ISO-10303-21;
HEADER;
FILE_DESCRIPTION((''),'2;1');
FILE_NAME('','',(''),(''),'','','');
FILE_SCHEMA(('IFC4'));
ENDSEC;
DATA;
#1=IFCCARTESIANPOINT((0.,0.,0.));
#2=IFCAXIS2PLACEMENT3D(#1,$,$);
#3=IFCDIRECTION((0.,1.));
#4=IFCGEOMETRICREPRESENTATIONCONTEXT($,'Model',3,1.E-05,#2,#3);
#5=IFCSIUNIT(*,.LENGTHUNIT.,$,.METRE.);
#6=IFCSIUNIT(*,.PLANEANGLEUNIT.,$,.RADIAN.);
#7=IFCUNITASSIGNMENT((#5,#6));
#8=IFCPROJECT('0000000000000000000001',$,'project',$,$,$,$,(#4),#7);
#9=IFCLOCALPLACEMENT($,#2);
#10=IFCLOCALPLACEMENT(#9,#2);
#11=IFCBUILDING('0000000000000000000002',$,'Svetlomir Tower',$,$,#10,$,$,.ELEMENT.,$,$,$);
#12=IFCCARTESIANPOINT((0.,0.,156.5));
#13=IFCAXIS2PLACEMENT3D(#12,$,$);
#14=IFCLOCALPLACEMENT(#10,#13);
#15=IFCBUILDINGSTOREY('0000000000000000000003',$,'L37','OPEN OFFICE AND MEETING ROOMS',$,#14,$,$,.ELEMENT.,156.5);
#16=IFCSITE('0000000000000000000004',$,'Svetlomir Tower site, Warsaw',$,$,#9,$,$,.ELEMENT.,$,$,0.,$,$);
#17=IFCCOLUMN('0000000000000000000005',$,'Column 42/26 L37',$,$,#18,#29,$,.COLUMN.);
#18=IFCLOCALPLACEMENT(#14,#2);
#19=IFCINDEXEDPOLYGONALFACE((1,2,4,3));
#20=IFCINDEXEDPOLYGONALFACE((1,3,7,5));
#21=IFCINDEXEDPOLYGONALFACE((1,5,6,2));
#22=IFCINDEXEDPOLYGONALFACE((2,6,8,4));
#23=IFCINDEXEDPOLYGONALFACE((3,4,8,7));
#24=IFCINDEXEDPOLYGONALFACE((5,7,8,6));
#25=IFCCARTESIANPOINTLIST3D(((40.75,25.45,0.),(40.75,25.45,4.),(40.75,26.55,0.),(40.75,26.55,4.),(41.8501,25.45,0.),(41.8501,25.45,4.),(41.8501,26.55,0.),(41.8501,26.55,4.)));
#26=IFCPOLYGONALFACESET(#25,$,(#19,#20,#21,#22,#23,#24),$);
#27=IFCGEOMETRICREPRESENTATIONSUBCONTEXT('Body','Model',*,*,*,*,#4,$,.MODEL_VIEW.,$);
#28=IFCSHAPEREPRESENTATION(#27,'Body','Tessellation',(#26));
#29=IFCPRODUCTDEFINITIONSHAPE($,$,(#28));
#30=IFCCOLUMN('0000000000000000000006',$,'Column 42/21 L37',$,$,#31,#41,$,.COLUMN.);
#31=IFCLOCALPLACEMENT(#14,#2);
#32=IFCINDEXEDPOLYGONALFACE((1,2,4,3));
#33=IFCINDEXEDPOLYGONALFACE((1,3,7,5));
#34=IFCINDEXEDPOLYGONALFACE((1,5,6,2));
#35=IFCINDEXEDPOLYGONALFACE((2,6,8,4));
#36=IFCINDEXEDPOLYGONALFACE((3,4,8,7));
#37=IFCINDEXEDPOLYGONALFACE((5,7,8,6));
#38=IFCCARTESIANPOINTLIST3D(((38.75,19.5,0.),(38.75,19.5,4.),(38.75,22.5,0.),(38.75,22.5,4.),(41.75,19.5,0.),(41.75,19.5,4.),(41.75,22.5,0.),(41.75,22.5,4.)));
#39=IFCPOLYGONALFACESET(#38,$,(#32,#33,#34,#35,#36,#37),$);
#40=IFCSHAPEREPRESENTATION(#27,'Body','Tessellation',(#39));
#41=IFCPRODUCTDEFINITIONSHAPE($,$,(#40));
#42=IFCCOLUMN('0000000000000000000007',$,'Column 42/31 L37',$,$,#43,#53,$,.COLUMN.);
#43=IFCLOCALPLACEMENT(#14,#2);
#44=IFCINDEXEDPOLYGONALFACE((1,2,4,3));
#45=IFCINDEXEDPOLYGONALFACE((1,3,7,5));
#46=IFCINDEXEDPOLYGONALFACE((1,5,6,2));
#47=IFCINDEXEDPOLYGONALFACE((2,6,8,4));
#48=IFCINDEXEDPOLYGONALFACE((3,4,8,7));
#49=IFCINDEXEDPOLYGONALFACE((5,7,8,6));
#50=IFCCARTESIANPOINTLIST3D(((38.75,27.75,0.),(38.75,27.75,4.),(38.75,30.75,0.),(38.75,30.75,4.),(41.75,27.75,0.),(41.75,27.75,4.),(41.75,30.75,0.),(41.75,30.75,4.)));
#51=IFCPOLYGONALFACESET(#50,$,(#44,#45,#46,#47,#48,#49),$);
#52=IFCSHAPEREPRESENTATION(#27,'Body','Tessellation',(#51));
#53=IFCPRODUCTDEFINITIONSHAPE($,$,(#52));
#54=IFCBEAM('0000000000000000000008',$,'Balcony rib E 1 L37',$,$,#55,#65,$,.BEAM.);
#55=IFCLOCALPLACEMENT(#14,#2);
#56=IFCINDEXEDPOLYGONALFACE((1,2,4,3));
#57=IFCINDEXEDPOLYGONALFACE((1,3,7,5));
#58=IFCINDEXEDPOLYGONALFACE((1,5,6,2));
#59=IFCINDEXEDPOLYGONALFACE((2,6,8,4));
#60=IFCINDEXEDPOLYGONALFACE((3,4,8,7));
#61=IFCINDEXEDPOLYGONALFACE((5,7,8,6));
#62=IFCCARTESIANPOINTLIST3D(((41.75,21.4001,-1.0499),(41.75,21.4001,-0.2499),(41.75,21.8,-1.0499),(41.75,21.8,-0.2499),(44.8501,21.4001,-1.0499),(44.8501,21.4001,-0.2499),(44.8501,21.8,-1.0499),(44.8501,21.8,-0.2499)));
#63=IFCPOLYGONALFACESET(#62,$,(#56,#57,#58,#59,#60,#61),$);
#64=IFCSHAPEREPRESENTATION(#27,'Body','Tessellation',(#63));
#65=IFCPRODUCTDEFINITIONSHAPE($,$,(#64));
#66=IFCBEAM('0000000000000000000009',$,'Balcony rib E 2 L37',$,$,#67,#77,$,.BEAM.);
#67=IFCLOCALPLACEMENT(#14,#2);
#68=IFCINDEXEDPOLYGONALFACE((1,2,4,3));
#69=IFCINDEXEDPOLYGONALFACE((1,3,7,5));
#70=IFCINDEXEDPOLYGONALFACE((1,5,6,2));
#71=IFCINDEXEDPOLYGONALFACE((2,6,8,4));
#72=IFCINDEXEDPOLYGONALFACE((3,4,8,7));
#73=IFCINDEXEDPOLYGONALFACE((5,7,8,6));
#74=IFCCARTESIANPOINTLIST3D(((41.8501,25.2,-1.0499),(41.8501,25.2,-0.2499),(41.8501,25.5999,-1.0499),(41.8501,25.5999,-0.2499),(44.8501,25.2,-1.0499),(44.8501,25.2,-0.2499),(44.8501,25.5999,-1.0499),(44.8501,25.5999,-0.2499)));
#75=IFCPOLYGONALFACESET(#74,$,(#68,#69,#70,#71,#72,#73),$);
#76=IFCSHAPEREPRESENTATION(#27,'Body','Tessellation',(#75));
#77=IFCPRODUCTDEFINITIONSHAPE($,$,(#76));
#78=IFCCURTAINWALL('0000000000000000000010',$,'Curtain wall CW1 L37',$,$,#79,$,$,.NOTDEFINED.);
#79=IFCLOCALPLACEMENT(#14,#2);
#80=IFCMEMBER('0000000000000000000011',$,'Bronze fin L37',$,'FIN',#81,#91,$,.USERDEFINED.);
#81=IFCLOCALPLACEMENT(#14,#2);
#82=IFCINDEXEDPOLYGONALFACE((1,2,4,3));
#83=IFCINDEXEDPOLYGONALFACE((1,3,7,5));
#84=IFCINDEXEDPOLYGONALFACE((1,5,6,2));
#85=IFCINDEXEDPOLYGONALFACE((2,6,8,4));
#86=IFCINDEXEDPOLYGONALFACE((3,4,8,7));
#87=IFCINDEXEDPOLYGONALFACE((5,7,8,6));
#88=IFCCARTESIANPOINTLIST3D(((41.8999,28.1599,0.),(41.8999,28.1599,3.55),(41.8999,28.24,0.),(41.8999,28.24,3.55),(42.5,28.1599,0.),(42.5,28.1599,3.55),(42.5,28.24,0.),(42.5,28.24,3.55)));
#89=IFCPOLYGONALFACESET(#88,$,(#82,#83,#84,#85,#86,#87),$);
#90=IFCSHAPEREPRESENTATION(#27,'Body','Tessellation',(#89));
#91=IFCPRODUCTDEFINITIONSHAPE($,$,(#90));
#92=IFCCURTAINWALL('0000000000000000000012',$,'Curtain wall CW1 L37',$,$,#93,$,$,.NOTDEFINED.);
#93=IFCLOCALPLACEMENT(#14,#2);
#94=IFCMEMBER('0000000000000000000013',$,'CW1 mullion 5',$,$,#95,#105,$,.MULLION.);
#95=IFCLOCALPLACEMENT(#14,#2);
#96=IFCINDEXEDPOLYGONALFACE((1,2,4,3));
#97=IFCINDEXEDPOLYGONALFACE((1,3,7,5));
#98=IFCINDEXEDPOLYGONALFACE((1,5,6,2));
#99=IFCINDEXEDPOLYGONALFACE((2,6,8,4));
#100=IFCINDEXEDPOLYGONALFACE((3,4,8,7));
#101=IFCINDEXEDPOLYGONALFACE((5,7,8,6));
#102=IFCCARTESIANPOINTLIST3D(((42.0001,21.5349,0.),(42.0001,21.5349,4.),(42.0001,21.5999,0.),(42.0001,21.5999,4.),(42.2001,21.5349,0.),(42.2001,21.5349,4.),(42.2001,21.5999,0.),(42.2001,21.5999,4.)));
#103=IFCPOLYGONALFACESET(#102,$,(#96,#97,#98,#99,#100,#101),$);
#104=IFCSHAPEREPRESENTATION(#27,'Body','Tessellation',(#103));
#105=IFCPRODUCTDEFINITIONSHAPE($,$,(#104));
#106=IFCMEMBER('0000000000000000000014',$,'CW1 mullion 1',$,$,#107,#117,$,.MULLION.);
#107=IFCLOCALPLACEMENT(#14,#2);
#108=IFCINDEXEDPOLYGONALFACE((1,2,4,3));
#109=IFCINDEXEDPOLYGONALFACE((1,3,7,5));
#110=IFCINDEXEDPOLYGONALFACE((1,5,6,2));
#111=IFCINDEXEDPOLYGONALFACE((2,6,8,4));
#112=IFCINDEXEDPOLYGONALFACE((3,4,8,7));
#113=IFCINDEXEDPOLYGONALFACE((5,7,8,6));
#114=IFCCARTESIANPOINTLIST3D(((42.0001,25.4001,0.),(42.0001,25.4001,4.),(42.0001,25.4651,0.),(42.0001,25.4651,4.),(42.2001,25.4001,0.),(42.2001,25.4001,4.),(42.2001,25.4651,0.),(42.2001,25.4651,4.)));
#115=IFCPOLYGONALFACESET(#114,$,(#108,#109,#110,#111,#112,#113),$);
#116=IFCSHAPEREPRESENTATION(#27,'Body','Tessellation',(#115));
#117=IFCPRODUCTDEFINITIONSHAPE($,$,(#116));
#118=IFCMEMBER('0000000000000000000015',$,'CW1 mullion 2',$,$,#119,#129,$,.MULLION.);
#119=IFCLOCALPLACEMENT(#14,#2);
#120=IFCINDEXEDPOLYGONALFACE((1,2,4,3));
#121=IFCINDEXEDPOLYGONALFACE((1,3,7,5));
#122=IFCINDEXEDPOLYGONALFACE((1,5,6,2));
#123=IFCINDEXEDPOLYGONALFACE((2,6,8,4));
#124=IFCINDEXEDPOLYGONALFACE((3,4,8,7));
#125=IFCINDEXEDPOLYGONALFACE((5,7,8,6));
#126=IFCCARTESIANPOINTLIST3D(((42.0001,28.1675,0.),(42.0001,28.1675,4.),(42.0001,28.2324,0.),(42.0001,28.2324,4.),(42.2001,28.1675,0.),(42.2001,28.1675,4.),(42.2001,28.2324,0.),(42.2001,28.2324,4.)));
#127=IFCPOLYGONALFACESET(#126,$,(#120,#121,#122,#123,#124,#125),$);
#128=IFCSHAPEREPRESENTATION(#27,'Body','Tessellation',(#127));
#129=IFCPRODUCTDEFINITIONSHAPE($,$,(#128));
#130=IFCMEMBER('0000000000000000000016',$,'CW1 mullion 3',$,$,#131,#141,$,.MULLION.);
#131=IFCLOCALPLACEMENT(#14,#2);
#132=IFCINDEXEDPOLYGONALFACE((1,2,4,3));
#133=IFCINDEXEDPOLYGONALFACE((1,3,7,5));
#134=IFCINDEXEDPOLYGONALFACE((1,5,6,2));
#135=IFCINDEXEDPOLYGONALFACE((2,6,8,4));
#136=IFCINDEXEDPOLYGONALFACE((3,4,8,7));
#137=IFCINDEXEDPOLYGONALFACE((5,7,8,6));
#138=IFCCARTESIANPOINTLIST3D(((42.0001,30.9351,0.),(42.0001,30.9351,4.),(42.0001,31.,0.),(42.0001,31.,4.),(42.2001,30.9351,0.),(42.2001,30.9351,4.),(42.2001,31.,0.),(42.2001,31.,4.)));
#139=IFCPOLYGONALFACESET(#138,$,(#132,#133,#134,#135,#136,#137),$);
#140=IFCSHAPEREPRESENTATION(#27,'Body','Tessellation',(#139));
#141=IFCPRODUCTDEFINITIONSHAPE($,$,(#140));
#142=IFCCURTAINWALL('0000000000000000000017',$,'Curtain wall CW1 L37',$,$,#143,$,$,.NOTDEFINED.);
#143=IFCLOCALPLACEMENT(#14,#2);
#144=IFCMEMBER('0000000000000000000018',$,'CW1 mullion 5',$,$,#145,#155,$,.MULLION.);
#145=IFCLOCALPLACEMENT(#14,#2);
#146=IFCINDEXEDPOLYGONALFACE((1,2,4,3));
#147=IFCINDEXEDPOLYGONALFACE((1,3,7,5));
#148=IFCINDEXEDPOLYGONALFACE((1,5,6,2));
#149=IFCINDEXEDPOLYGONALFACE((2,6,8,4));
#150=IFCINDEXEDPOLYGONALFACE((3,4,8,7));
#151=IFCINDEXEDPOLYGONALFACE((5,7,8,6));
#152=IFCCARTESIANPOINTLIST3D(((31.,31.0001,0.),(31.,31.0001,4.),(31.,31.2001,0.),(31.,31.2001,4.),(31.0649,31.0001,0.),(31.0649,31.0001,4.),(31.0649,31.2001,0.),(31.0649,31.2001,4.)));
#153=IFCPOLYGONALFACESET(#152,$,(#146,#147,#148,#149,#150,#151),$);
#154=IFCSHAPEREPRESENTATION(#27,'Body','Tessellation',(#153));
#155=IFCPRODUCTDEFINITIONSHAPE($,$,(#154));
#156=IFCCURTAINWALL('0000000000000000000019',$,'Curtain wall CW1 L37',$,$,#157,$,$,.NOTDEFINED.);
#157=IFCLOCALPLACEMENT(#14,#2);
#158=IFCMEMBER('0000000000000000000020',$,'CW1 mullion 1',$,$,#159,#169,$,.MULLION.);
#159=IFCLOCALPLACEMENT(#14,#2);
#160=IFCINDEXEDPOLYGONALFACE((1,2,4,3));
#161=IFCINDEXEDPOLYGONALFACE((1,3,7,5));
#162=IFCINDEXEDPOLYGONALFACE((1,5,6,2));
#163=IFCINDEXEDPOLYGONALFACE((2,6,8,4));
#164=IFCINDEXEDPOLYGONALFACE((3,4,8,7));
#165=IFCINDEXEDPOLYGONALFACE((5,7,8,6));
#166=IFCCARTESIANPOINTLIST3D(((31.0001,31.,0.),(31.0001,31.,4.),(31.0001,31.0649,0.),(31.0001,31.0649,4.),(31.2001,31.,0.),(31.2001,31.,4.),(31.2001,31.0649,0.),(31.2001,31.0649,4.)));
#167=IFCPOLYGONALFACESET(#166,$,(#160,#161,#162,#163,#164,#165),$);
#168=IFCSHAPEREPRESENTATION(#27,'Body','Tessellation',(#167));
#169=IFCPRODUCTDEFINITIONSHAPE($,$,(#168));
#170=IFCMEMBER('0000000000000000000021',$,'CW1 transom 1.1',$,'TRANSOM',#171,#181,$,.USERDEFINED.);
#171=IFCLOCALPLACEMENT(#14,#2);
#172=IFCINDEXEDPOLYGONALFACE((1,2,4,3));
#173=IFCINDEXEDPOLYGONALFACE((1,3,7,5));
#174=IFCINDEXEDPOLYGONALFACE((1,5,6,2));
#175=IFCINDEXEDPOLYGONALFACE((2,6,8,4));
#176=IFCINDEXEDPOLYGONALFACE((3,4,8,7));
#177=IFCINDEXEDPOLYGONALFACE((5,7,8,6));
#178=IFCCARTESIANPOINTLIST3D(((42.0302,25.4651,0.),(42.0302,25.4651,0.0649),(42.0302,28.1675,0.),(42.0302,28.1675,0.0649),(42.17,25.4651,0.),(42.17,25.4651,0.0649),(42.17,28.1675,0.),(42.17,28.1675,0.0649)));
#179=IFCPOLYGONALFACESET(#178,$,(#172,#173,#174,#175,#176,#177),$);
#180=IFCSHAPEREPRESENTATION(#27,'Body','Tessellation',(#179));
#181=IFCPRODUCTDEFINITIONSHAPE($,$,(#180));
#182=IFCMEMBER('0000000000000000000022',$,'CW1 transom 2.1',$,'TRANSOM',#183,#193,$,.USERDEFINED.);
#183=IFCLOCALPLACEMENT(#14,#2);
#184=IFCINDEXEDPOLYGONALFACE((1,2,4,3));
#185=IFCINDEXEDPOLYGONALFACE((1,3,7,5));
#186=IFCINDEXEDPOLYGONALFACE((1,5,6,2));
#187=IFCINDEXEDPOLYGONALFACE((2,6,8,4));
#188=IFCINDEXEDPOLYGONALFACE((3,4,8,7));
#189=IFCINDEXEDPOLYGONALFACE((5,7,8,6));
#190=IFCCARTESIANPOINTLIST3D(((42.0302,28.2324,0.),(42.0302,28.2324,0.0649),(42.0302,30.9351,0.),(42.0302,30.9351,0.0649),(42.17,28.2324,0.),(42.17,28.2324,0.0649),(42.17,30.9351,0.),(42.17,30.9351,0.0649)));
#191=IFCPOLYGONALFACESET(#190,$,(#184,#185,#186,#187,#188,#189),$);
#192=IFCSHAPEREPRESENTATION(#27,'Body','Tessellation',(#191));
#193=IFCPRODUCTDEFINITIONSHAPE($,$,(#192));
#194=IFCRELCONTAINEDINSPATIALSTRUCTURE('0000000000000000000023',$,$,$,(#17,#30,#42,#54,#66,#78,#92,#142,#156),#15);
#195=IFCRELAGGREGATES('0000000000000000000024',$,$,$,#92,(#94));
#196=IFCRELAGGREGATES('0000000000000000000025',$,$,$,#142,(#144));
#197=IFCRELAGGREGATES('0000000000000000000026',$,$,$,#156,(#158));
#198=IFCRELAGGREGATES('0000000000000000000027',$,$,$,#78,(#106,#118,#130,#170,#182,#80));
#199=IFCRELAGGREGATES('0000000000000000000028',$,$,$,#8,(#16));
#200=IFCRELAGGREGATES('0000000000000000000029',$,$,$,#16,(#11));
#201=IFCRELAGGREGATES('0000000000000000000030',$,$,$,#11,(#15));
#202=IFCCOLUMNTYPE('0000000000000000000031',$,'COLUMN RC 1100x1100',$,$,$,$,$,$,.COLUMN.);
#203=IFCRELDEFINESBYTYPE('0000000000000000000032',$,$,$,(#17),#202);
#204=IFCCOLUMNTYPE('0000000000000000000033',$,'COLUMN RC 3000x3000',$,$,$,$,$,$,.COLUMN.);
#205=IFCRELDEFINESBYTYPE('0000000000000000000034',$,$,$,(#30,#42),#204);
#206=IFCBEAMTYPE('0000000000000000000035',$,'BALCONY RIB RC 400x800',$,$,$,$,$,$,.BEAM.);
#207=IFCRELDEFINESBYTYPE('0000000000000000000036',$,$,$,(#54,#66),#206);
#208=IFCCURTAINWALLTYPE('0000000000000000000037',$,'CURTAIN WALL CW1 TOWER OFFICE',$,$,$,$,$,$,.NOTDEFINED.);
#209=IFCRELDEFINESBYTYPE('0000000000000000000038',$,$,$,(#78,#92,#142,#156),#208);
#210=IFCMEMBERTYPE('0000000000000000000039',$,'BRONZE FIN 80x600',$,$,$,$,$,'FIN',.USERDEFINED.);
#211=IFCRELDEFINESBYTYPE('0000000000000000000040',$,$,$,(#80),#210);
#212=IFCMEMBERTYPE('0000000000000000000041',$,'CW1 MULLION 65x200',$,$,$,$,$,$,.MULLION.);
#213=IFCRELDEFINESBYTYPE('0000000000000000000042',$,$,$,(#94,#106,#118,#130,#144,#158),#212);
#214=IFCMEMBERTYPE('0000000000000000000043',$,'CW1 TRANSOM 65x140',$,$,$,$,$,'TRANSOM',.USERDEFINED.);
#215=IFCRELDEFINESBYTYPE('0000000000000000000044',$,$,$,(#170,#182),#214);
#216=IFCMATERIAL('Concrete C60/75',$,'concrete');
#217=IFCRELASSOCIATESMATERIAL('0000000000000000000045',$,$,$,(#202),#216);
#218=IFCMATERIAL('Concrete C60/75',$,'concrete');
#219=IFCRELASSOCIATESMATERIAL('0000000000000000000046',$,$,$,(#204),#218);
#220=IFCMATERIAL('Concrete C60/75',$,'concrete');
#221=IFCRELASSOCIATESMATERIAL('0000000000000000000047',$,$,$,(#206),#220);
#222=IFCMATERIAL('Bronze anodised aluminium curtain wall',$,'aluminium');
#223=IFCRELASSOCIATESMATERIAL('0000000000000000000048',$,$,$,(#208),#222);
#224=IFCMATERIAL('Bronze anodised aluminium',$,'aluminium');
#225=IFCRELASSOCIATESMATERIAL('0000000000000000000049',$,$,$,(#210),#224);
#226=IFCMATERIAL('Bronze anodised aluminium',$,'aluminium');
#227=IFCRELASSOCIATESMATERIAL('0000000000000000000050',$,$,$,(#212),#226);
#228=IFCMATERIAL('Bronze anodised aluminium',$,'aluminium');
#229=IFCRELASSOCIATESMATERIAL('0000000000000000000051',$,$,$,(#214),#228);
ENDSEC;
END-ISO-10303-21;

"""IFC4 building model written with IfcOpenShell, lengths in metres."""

from ifc_helpers import new_model, si_unit, direction, frame, origin, origin_2d, place, context, subcontext, project, spatial, rectangle, extrude, material, material_profile, profile_set, type_object, element, aggregate, save


model = new_model("IFC4")

# Units and contexts
model_context = context("Model", 3, precision=1e-05, world=origin(), true_north=direction((0.0, 1.0)))
body_context = subcontext(model_context, "Body", "Model", "MODEL_VIEW")
ifc_project = project(units=[si_unit("LENGTHUNIT", "METRE"), si_unit("PLANEANGLEUNIT", "RADIAN")], contexts=[model_context])

# Site, building, storey
site_placement = place(None, origin())
site = spatial("IfcSite", under=ifc_project, at=site_placement, Name="Svetlomir Tower site, Warsaw", CompositionType="ELEMENT", RefElevation=0.0)
building_placement = place(site_placement, origin())
building = spatial("IfcBuilding", under=site, at=building_placement, Name="Svetlomir Tower", CompositionType="ELEMENT")
storey_placement = place(building_placement, frame((0.0, 0.0, 156.5)))
storey = spatial("IfcBuildingStorey", under=building, at=storey_placement, Name="L37", Description="OPEN OFFICE AND MEETING ROOMS", CompositionType="ELEMENT", Elevation=156.5)

# Columns
ifc_material_1 = material(Name="Concrete C60/75", Category="concrete")
ifc_material_profile_1 = material_profile(ifc_material_1, rectangle(XDim=1.1001, YDim=1.1001, at=origin_2d()), Name="RC 1100x1100")
ifc_profile_set_1 = profile_set([ifc_material_profile_1], Name="Concrete C60/75")
column_type_1 = type_object("IfcColumnType", Name="COLUMN RC 1100x1100", PredefinedType="COLUMN", material=ifc_profile_set_1)
column_placement = place(storey_placement, frame((41.3, 26.0, 0.0), z_axis=(0.0, 0.0, 1.0), x_axis=(1.0, 0.0, 0.0)))
element("IfcColumn", 1, at=column_placement, inside=storey, type_object=column_type_1, Name="Column 42/26 L37", PredefinedType="COLUMN", context=body_context, shape_type="SweptSolid", body=[
    extrude(rectangle(XDim=1.1001, YDim=1.1001, at=origin_2d()), origin(), (0.0, 0.0, 1.0), 4.0),
])
ifc_material_2 = material(Name="Concrete C60/75", Category="concrete")
ifc_material_profile_2 = material_profile(ifc_material_2, rectangle(XDim=3.0, YDim=3.0, at=origin_2d()), Name="RC 3000x3000")
ifc_profile_set_2 = profile_set([ifc_material_profile_2], Name="Concrete C60/75")
column_type_2 = type_object("IfcColumnType", Name="COLUMN RC 3000x3000", PredefinedType="COLUMN", material=ifc_profile_set_2)
for number, where, z_axis, x_axis, name in (
    (2, (40.25, 21.0, 0.0), (0.0, 0.0, 1.0), (1.0, 0.0, 0.0), "Column 42/21 L37"),
    (3, (40.25, 29.25, 0.0), (0.0, 0.0, 1.0), (1.0, 0.0, 0.0), "Column 42/31 L37"),
):
    element("IfcColumn", number, at=place(storey_placement, frame(where, z_axis=z_axis, x_axis=x_axis)), inside=storey, type_object=column_type_2, Name=name, PredefinedType="COLUMN", context=body_context, shape_type="SweptSolid", body=[
        extrude(rectangle(XDim=3.0, YDim=3.0, at=origin_2d()), origin(), (0.0, 0.0, 1.0), 4.0),
    ])

# Beams
ifc_material_3 = material(Name="Concrete C60/75", Category="concrete")
ifc_material_profile_3 = material_profile(ifc_material_3, rectangle(XDim=0.3999, YDim=0.8, at=origin_2d()), Name="RC 400x800")
ifc_profile_set_3 = profile_set([ifc_material_profile_3], Name="Concrete C60/75")
beam_type_1 = type_object("IfcBeamType", Name="BALCONY RIB RC 400x800", PredefinedType="BEAM", material=ifc_profile_set_3)
beam_1_placement = place(storey_placement, frame((41.75, 21.6001, -0.6499), z_axis=(1.0, 0.0, 0.0), x_axis=(0.0, 1.0, 0.0)))
element("IfcBeam", 4, at=beam_1_placement, inside=storey, type_object=beam_type_1, Name="Balcony rib E 1 L37", PredefinedType="BEAM", context=body_context, shape_type="SweptSolid", body=[
    extrude(rectangle(XDim=0.3999, YDim=0.8, at=origin_2d()), origin(), (0.0, 0.0, 1.0), 3.1001),
])
beam_2_placement = place(storey_placement, frame((41.8501, 25.3999, -0.6499), z_axis=(1.0, 0.0, 0.0), x_axis=(0.0, 1.0, 0.0)))
element("IfcBeam", 5, at=beam_2_placement, inside=storey, type_object=beam_type_1, Name="Balcony rib E 2 L37", PredefinedType="BEAM", context=body_context, shape_type="SweptSolid", body=[
    extrude(rectangle(XDim=0.3999, YDim=0.8, at=origin_2d()), origin(), (0.0, 0.0, 1.0), 3.0),
])

# Curtain walls, members
ifc_material_4 = material(Name="Bronze anodised aluminium curtain wall", Category="aluminium")
curtain_wall_type = type_object("IfcCurtainWallType", Name="CURTAIN WALL CW1 TOWER OFFICE", PredefinedType="NOTDEFINED", material=ifc_material_4)
curtain_wall_1_placement = place(storey_placement, origin())
curtain_wall_1 = element("IfcCurtainWall", 6, at=curtain_wall_1_placement, inside=storey, type_object=curtain_wall_type, Name="Curtain wall CW1 L37", PredefinedType="NOTDEFINED")
ifc_material_5 = material(Name="Bronze anodised aluminium", Category="aluminium")
ifc_material_profile_4 = material_profile(ifc_material_5, rectangle(XDim=0.0801, YDim=0.6001, at=origin_2d()), Name="FIN 80x600")
ifc_profile_set_4 = profile_set([ifc_material_profile_4], Name="Bronze anodised aluminium 6063-T6")
member_type_1 = type_object("IfcMemberType", Name="BRONZE FIN 80x600", ElementType="FIN", PredefinedType="USERDEFINED", material=ifc_profile_set_4)
member_1_placement = place(storey_placement, frame((42.2, 28.2, 0.0), z_axis=(0.0, 0.0, 1.0), x_axis=(0.0, 1.0, 0.0)))
member_1 = element("IfcMember", 7, at=member_1_placement, type_object=member_type_1, Name="Bronze fin L37", ObjectType="FIN", PredefinedType="USERDEFINED", context=body_context, shape_type="SweptSolid", body=[
    extrude(rectangle(XDim=0.0801, YDim=0.6001, at=origin_2d()), origin(), (0.0, 0.0, 1.0), 3.55),
])
curtain_wall_2_placement = place(storey_placement, origin())
curtain_wall_2 = element("IfcCurtainWall", 8, at=curtain_wall_2_placement, inside=storey, type_object=curtain_wall_type, Name="Curtain wall CW1 L37", PredefinedType="NOTDEFINED")
ifc_material_6 = material(Name="Bronze anodised aluminium", Category="aluminium")
ifc_material_profile_5 = material_profile(ifc_material_6, rectangle(XDim=0.0649, YDim=0.2, at=origin_2d()), Name="AL 65x200")
ifc_profile_set_5 = profile_set([ifc_material_profile_5], Name="Bronze anodised aluminium 6063-T6")
member_type_2 = type_object("IfcMemberType", Name="CW1 MULLION 65x200", PredefinedType="MULLION", material=ifc_profile_set_5)
member_2_placement = place(storey_placement, frame((42.1001, 21.5674, 0.0), z_axis=(0.0, 0.0, 1.0), x_axis=(0.0, 1.0, 0.0)))
member_2 = element("IfcMember", 9, at=member_2_placement, type_object=member_type_2, Name="CW1 mullion 5", PredefinedType="MULLION", context=body_context, shape_type="SweptSolid", body=[
    extrude(rectangle(XDim=0.0649, YDim=0.2, at=origin_2d()), origin(), (0.0, 0.0, 1.0), 4.0),
])
aggregate(curtain_wall_2, [member_2])

# Members
member_3_placement = place(storey_placement, frame((42.1001, 25.4326, 0.0), z_axis=(0.0, 0.0, 1.0), x_axis=(0.0, 1.0, 0.0)))
member_3 = element("IfcMember", 10, at=member_3_placement, type_object=member_type_2, Name="CW1 mullion 1", PredefinedType="MULLION", context=body_context, shape_type="SweptSolid", body=[
    extrude(rectangle(XDim=0.0649, YDim=0.2, at=origin_2d()), origin(), (0.0, 0.0, 1.0), 4.0),
])
member_4_placement = place(storey_placement, frame((42.1001, 28.2, 0.0), z_axis=(0.0, 0.0, 1.0), x_axis=(0.0, 1.0, 0.0)))
member_4 = element("IfcMember", 11, at=member_4_placement, type_object=member_type_2, Name="CW1 mullion 2", PredefinedType="MULLION", context=body_context, shape_type="SweptSolid", body=[
    extrude(rectangle(XDim=0.0649, YDim=0.2, at=origin_2d()), origin(), (0.0, 0.0, 1.0), 4.0),
])
member_5_placement = place(storey_placement, frame((42.1001, 30.9675, 0.0), z_axis=(0.0, 0.0, 1.0), x_axis=(0.0, 1.0, 0.0)))
member_5 = element("IfcMember", 12, at=member_5_placement, type_object=member_type_2, Name="CW1 mullion 3", PredefinedType="MULLION", context=body_context, shape_type="SweptSolid", body=[
    extrude(rectangle(XDim=0.0649, YDim=0.2, at=origin_2d()), origin(), (0.0, 0.0, 1.0), 4.0),
])

# Curtain walls, members
curtain_wall_3_placement = place(storey_placement, origin())
curtain_wall_3 = element("IfcCurtainWall", 13, at=curtain_wall_3_placement, inside=storey, type_object=curtain_wall_type, Name="Curtain wall CW1 L37", PredefinedType="NOTDEFINED")
member_6_placement = place(storey_placement, frame((31.0325, 31.1001, 0.0), z_axis=(0.0, 0.0, 1.0), x_axis=(-1.0, 0.0, 0.0)))
member_6 = element("IfcMember", 14, at=member_6_placement, type_object=member_type_2, Name="CW1 mullion 5", PredefinedType="MULLION", context=body_context, shape_type="SweptSolid", body=[
    extrude(rectangle(XDim=0.0649, YDim=0.2, at=origin_2d()), origin(), (0.0, 0.0, 1.0), 4.0),
])
aggregate(curtain_wall_3, [member_6])
curtain_wall_4_placement = place(storey_placement, origin())
curtain_wall_4 = element("IfcCurtainWall", 15, at=curtain_wall_4_placement, inside=storey, type_object=curtain_wall_type, Name="Curtain wall CW1 L37", PredefinedType="NOTDEFINED")
member_7_placement = place(storey_placement, frame((31.1001, 31.0325, 0.0), z_axis=(0.0, 0.0, 1.0), x_axis=(0.0, 1.0, 0.0)))
member_7 = element("IfcMember", 16, at=member_7_placement, type_object=member_type_2, Name="CW1 mullion 1", PredefinedType="MULLION", context=body_context, shape_type="SweptSolid", body=[
    extrude(rectangle(XDim=0.0649, YDim=0.2, at=origin_2d()), origin(), (0.0, 0.0, 1.0), 4.0),
])

# Members
ifc_material_7 = material(Name="Bronze anodised aluminium", Category="aluminium")
ifc_material_profile_6 = material_profile(ifc_material_7, rectangle(XDim=0.1399, YDim=0.0649, at=origin_2d()), Name="AL 140x65")
ifc_profile_set_6 = profile_set([ifc_material_profile_6], Name="Bronze anodised aluminium 6063-T6")
member_type_3 = type_object("IfcMemberType", Name="CW1 TRANSOM 65x140", ElementType="TRANSOM", PredefinedType="USERDEFINED", material=ifc_profile_set_6)
member_8_placement = place(storey_placement, frame((42.1001, 25.4651, 0.0325), z_axis=(0.0, 1.0, 0.0), x_axis=(-1.0, 0.0, 0.0)))
member_8 = element("IfcMember", 17, at=member_8_placement, type_object=member_type_3, Name="CW1 transom 1.1", ObjectType="TRANSOM", PredefinedType="USERDEFINED", context=body_context, shape_type="SweptSolid", body=[
    extrude(rectangle(XDim=0.1399, YDim=0.0649, at=origin_2d()), origin(), (0.0, 0.0, 1.0), 2.7024),
])
member_9_placement = place(storey_placement, frame((42.1001, 28.2324, 0.0325), z_axis=(0.0, 1.0, 0.0), x_axis=(-1.0, 0.0, 0.0)))
member_9 = element("IfcMember", 18, at=member_9_placement, type_object=member_type_3, Name="CW1 transom 2.1", ObjectType="TRANSOM", PredefinedType="USERDEFINED", context=body_context, shape_type="SweptSolid", body=[
    extrude(rectangle(XDim=0.1399, YDim=0.0649, at=origin_2d()), origin(), (0.0, 0.0, 1.0), 2.7026),
])
aggregate(curtain_wall_4, [member_7])

aggregate(curtain_wall_1, [member_3, member_4, member_5, member_8, member_9, member_1])

save(model, "model.ifc")
